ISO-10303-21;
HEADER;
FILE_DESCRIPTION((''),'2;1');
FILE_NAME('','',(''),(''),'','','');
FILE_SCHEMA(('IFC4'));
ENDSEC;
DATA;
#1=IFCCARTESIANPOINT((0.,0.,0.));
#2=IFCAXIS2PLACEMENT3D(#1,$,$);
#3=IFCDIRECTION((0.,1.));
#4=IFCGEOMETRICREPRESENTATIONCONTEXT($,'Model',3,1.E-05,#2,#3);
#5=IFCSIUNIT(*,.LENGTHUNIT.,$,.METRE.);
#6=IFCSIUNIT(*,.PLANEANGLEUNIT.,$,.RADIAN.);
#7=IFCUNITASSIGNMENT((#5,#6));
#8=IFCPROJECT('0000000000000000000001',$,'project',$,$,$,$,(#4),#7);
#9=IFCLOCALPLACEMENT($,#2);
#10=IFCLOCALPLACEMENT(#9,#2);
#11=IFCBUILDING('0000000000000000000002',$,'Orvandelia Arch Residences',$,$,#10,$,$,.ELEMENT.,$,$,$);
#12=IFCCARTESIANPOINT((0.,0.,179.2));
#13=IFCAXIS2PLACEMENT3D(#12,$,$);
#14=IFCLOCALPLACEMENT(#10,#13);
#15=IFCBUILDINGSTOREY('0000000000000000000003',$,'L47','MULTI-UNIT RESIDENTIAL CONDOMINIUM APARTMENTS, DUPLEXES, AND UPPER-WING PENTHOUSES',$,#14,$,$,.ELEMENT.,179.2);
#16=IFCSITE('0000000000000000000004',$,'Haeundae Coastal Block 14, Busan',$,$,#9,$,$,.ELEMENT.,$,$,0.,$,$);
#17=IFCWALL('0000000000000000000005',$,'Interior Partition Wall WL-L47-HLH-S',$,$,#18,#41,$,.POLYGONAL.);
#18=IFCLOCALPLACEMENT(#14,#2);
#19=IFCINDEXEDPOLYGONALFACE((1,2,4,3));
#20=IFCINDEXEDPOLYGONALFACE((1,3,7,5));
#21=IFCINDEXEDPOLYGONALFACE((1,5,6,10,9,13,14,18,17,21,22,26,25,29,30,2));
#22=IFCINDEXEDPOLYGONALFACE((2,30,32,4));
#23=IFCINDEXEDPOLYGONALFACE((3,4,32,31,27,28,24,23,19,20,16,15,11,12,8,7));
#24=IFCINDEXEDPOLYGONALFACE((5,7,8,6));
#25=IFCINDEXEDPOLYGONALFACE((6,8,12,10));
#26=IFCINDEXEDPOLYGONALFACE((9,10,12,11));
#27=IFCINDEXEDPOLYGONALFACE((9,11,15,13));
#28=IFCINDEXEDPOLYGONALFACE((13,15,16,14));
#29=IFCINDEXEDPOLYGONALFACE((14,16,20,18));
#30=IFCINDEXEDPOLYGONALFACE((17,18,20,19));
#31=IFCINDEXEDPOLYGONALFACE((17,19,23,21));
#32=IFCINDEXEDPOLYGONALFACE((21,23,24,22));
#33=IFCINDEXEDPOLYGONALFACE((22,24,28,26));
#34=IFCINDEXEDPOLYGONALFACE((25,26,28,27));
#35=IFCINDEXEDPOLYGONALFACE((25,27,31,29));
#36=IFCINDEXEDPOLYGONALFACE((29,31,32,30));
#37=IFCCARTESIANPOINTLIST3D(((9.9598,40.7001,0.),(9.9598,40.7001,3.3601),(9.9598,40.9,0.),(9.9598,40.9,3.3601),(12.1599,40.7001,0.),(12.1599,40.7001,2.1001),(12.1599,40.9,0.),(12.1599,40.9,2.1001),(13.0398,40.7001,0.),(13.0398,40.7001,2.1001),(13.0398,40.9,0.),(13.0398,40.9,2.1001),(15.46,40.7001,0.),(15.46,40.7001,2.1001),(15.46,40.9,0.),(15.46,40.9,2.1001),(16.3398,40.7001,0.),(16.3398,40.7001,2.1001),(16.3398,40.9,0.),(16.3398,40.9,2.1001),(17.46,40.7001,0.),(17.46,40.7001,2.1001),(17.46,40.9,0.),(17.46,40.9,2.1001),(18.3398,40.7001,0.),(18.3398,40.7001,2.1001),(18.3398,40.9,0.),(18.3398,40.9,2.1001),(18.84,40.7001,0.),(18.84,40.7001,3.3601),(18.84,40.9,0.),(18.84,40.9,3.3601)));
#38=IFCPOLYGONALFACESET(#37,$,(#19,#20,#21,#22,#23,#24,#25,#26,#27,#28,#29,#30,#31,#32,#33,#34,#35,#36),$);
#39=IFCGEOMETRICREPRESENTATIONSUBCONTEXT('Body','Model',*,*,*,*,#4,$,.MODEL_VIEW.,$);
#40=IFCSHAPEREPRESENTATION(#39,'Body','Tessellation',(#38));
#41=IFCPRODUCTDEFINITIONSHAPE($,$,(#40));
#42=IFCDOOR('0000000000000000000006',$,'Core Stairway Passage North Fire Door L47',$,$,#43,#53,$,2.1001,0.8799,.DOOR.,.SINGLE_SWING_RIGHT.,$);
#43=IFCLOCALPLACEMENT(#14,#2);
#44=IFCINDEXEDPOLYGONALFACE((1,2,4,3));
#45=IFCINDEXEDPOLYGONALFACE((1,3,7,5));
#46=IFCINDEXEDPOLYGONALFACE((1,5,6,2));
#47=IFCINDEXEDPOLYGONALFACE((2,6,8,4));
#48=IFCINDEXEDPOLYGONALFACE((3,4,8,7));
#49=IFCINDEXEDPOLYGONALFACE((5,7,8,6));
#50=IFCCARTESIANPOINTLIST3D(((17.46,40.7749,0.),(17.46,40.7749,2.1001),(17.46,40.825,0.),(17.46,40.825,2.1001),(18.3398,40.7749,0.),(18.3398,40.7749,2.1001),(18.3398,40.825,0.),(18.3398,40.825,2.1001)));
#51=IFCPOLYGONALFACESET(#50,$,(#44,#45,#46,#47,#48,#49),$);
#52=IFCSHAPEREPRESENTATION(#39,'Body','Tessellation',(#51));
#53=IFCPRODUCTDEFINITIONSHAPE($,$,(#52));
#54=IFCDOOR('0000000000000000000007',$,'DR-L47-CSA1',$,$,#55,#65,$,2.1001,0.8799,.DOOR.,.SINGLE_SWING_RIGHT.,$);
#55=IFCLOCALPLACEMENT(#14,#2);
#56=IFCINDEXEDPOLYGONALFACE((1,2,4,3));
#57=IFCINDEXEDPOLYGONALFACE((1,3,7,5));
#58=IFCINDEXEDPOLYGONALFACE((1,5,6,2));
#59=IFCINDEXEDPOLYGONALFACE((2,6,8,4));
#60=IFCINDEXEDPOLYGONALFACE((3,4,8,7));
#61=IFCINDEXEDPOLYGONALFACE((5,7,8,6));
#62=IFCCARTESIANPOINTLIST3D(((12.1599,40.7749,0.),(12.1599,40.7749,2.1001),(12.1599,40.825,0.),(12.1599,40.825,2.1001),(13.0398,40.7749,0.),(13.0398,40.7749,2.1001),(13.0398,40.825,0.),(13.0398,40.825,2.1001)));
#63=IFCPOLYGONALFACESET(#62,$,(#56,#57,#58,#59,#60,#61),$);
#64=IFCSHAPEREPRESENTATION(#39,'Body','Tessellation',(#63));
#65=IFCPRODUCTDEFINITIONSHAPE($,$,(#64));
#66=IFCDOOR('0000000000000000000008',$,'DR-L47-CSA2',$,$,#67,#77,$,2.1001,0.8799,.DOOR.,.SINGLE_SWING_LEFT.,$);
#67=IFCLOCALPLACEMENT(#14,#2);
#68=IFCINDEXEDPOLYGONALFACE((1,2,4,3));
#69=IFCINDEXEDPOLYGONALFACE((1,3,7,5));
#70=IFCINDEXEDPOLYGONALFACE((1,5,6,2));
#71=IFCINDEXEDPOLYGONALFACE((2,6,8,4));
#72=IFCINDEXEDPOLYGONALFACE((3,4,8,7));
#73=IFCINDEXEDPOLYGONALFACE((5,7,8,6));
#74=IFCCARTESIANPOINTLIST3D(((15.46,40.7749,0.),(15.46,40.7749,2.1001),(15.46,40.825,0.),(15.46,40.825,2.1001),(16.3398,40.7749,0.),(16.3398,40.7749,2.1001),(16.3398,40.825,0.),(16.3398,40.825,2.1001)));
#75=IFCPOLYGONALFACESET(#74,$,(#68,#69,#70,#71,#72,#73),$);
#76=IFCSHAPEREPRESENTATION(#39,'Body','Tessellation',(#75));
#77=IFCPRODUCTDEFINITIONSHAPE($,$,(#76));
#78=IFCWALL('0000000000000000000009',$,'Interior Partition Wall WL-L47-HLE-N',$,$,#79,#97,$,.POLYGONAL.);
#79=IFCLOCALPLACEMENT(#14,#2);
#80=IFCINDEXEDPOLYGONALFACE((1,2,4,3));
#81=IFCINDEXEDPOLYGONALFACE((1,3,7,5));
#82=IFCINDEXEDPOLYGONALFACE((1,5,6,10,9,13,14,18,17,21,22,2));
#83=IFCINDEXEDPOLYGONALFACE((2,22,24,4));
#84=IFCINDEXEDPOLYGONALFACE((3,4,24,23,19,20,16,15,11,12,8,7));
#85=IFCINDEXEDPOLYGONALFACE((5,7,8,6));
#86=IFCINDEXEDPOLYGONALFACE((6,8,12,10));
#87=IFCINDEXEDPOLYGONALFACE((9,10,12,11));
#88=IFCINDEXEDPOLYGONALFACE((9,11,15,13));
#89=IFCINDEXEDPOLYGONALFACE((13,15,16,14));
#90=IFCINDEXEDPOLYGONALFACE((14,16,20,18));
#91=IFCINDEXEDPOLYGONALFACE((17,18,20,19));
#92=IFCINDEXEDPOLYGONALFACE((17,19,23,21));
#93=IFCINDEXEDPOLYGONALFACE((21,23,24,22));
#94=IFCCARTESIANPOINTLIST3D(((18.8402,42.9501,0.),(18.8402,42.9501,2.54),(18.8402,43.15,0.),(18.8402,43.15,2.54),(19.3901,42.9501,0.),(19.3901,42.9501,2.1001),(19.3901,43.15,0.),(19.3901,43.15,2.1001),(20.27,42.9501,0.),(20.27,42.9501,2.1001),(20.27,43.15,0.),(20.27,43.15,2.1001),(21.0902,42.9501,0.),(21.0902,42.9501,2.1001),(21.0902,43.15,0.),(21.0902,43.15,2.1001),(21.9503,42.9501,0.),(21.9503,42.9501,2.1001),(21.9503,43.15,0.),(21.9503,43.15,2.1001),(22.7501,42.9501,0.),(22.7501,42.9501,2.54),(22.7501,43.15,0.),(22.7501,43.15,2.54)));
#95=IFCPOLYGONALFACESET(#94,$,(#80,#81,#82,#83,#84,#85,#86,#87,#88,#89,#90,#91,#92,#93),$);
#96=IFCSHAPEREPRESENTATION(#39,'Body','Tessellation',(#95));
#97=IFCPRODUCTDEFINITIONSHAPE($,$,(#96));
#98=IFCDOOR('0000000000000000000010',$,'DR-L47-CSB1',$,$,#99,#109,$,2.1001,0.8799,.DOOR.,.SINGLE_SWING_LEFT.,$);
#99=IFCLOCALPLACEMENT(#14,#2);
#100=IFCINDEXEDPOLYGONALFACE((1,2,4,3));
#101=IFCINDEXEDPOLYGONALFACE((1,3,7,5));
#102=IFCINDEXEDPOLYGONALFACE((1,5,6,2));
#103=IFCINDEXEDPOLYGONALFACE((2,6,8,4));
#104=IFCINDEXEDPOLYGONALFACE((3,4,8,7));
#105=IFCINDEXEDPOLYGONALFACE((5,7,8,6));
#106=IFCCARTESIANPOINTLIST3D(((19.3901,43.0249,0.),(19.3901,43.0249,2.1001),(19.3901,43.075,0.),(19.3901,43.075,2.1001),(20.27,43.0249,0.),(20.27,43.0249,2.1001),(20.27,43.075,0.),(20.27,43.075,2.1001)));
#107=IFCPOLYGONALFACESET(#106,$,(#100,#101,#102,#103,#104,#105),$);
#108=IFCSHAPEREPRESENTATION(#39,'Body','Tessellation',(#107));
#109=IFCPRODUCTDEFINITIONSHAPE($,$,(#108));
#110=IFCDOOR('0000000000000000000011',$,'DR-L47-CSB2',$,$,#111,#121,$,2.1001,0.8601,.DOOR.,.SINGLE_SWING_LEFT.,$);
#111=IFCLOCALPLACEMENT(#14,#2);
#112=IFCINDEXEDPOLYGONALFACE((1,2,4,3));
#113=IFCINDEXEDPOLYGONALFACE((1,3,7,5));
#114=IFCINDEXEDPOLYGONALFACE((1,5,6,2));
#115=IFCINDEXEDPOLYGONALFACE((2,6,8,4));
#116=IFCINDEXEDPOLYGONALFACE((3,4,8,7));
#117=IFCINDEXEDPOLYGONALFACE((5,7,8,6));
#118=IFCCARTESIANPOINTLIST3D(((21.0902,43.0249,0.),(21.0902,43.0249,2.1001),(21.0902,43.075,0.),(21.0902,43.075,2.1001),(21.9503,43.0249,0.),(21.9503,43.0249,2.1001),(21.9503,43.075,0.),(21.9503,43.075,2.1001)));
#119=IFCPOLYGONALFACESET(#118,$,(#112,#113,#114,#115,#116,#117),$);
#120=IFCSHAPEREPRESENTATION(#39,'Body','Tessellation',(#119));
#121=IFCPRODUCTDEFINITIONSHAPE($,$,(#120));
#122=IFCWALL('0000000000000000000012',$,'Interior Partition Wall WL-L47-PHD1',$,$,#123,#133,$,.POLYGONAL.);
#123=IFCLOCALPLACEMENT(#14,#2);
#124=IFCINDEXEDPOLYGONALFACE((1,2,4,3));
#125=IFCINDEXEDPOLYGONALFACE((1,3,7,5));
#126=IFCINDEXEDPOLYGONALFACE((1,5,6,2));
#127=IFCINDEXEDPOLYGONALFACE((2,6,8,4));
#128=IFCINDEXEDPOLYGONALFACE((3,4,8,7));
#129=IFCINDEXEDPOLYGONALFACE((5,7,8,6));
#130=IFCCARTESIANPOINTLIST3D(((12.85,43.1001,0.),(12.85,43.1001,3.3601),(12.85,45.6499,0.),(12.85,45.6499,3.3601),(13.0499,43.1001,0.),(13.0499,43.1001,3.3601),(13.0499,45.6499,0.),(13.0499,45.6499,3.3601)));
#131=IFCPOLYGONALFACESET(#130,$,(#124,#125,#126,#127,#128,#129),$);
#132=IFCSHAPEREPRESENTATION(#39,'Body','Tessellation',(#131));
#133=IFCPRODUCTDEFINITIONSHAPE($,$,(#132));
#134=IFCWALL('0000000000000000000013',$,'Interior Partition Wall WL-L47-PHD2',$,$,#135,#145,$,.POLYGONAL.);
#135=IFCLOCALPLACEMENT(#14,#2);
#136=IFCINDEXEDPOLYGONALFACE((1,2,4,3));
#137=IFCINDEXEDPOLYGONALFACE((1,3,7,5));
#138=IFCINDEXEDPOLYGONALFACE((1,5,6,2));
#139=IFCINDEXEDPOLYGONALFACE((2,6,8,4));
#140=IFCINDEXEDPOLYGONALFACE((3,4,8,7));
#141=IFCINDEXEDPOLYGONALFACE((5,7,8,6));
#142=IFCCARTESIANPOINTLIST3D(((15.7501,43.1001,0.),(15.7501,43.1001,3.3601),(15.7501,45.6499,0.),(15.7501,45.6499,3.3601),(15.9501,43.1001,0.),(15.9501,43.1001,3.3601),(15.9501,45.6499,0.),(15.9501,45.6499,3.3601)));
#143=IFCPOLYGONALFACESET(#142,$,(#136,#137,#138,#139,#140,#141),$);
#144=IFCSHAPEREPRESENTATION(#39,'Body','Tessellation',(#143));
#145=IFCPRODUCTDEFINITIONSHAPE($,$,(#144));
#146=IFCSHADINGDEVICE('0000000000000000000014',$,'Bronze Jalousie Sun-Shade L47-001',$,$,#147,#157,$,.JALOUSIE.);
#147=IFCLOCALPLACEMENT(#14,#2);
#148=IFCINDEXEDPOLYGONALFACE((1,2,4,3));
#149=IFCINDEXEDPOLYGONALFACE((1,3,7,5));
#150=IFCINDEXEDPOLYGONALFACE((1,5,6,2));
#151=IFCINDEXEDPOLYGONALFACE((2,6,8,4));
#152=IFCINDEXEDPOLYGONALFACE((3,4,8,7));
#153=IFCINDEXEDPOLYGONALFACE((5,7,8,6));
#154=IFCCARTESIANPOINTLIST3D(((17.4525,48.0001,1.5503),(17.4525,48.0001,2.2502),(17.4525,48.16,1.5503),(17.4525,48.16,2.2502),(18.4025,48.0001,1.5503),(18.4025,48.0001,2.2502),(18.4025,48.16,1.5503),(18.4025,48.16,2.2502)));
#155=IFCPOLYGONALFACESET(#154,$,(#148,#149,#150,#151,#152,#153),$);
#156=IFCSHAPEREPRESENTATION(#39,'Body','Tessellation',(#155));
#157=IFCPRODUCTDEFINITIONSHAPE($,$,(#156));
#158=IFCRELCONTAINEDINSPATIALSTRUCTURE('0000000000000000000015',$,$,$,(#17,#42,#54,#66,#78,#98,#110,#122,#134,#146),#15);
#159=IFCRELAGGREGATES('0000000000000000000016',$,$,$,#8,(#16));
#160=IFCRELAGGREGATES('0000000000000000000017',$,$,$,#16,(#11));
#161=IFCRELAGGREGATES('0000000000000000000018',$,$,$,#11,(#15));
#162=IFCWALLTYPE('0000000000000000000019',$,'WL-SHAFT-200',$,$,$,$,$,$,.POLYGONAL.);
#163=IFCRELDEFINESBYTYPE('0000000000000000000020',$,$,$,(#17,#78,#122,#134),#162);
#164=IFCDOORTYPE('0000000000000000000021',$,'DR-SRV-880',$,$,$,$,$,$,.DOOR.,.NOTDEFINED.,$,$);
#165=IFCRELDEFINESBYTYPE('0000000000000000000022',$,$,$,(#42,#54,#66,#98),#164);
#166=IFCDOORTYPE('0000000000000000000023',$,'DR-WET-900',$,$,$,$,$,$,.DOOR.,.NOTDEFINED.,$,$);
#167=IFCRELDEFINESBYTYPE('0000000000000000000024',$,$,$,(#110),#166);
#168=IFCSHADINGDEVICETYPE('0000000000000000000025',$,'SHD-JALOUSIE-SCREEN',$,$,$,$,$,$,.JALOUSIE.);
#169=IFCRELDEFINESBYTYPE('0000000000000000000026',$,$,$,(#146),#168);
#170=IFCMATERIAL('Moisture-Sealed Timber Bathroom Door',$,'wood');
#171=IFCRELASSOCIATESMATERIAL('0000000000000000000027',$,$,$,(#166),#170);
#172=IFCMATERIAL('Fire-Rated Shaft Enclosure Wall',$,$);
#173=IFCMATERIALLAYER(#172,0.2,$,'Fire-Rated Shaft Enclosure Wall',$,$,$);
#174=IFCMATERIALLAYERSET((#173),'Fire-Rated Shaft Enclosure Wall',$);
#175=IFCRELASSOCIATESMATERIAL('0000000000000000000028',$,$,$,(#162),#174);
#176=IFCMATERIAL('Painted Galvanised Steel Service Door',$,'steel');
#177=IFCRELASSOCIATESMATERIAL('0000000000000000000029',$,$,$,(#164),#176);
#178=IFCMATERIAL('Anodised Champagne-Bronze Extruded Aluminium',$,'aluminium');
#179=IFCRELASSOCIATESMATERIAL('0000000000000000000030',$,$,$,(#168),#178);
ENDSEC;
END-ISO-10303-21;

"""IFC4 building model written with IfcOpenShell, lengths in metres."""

from ifc_helpers import new_model, si_unit, direction, frame, frame_2d, origin, origin_2d, place, context, subcontext, project, spatial, rectangle, extrude, material, layer, layer_set, type_object, element, fill, save


model = new_model("IFC4")

# Units and contexts
model_context = context("Model", 3, precision=1e-05, world=origin(), true_north=direction((0.0, 1.0)))
body_context = subcontext(model_context, "Body", "Model", "MODEL_VIEW")
ifc_project = project(units=[si_unit("LENGTHUNIT", "METRE"), si_unit("PLANEANGLEUNIT", "RADIAN")], contexts=[model_context])

# Site, building, storey
site_placement = place(None, origin())
site = spatial("IfcSite", under=ifc_project, at=site_placement, Name="Haeundae Coastal Block 14, Busan", CompositionType="ELEMENT", RefElevation=0.0)
building_placement = place(site_placement, origin())
building = spatial("IfcBuilding", under=site, at=building_placement, Name="Orvandelia Arch Residences", CompositionType="ELEMENT")
storey_placement = place(building_placement, frame((0.0, 0.0, 179.2)))
storey = spatial("IfcBuildingStorey", under=building, at=storey_placement, Name="L47", Description="MULTI-UNIT RESIDENTIAL CONDOMINIUM APARTMENTS, DUPLEXES, AND UPPER-WING PENTHOUSES", CompositionType="ELEMENT", Elevation=179.2)

# Shared definitions
ifc_material_1 = material(Name="Moisture-Sealed Timber Bathroom Door", Category="wood")
door_type_1 = type_object("IfcDoorType", Name="DR-WET-900", OperationType="NOTDEFINED", PredefinedType="DOOR", material=ifc_material_1)

# Walls, openings, doors
ifc_material_2 = material(Name="Fire-Rated Shaft Enclosure Wall")
ifc_layer_1 = layer(ifc_material_2, 0.2, Name="Fire-Rated Shaft Enclosure Wall")
ifc_layer_set_1 = layer_set([ifc_layer_1], Name="Fire-Rated Shaft Enclosure Wall")
wall_type_1 = type_object("IfcWallType", Name="WL-SHAFT-200", PredefinedType="POLYGONAL", material=ifc_layer_set_1)
wall_1_placement = place(storey_placement, frame((9.96, 40.8, 0.0), z_axis=(0.0, 0.0, 1.0), x_axis=(1.0, 0.0, 0.0)))
wall_1 = element("IfcWall", 1, at=wall_1_placement, inside=storey, type_object=wall_type_1, Name="Interior Partition Wall WL-L47-HLH-S", PredefinedType="POLYGONAL", context=body_context, shape_type="SweptSolid", body=[
    extrude(rectangle(XDim=8.8801, YDim=0.2, at=frame_2d((4.4399, 0.0))), origin(), (0.0, 0.0, 1.0), 3.3601),
])
opening_1_placement = place(wall_1_placement, frame((7.5, 0.0, 0.0)))
opening_1 = element("IfcOpeningElement", 2, at=opening_1_placement, cuts=wall_1, PredefinedType="OPENING", context=body_context, shape_type="SweptSolid", body=[
    extrude(rectangle(XDim=0.8799, YDim=2.1001, at=frame_2d((0.4399, 1.05))), frame((0.0, 0.1099, 0.0), z_axis=(0.0, -1.0, 0.0), x_axis=(1.0, 0.0, 0.0)), (0.0, 0.0, 1.0), 0.22),
])
opening_2_placement = place(wall_1_placement, frame((2.2, 0.0, 0.0)))
opening_2 = element("IfcOpeningElement", 3, at=opening_2_placement, cuts=wall_1, PredefinedType="OPENING", context=body_context, shape_type="SweptSolid", body=[
    extrude(rectangle(XDim=0.8799, YDim=2.1001, at=frame_2d((0.4399, 1.05))), frame((0.0, 0.1099, 0.0), z_axis=(0.0, -1.0, 0.0), x_axis=(1.0, 0.0, 0.0)), (0.0, 0.0, 1.0), 0.22),
])
opening_3_placement = place(wall_1_placement, frame((5.5, 0.0, 0.0)))
opening_3 = element("IfcOpeningElement", 4, at=opening_3_placement, cuts=wall_1, PredefinedType="OPENING", context=body_context, shape_type="SweptSolid", body=[
    extrude(rectangle(XDim=0.8799, YDim=2.1001, at=frame_2d((0.4399, 1.05))), frame((0.0, 0.1099, 0.0), z_axis=(0.0, -1.0, 0.0), x_axis=(1.0, 0.0, 0.0)), (0.0, 0.0, 1.0), 0.22),
])
ifc_material_3 = material(Name="Painted Galvanised Steel Service Door", Category="steel")
door_type_2 = type_object("IfcDoorType", Name="DR-SRV-880", OperationType="NOTDEFINED", PredefinedType="DOOR", material=ifc_material_3)
door_1_placement = place(opening_1_placement, origin())
door_1 = element("IfcDoor", 5, at=door_1_placement, inside=storey, type_object=door_type_2, Name="Core Stairway Passage North Fire Door L47", OperationType="SINGLE_SWING_RIGHT", OverallHeight=2.1001, OverallWidth=0.8799, PredefinedType="DOOR", context=body_context, shape_type="SweptSolid", body=[
    extrude(rectangle(XDim=0.8799, YDim=2.1001, at=frame_2d((0.4399, 1.05))), frame((0.0, 0.0249, 0.0), z_axis=(0.0, -1.0, 0.0), x_axis=(1.0, 0.0, 0.0)), (0.0, 0.0, 1.0), 0.05),
])
fill(opening_1, door_1)
door_2_placement = place(opening_2_placement, origin())
door_2 = element("IfcDoor", 6, at=door_2_placement, inside=storey, type_object=door_type_2, Name="DR-L47-CSA1", OperationType="SINGLE_SWING_RIGHT", OverallHeight=2.1001, OverallWidth=0.8799, PredefinedType="DOOR", context=body_context, shape_type="SweptSolid", body=[
    extrude(rectangle(XDim=0.8799, YDim=2.1001, at=frame_2d((0.4399, 1.05))), frame((0.0, 0.0249, 0.0), z_axis=(0.0, -1.0, 0.0), x_axis=(1.0, 0.0, 0.0)), (0.0, 0.0, 1.0), 0.05),
])
fill(opening_2, door_2)
door_3_placement = place(opening_3_placement, origin())
door_3 = element("IfcDoor", 7, at=door_3_placement, inside=storey, type_object=door_type_2, Name="DR-L47-CSA2", OperationType="SINGLE_SWING_LEFT", OverallHeight=2.1001, OverallWidth=0.8799, PredefinedType="DOOR", context=body_context, shape_type="SweptSolid", body=[
    extrude(rectangle(XDim=0.8799, YDim=2.1001, at=frame_2d((0.4399, 1.05))), frame((0.0, 0.0249, 0.0), z_axis=(0.0, -1.0, 0.0), x_axis=(1.0, 0.0, 0.0)), (0.0, 0.0, 1.0), 0.05),
])
fill(opening_3, door_3)
wall_2_placement = place(storey_placement, frame((18.8401, 43.05, 0.0), z_axis=(0.0, 0.0, 1.0), x_axis=(1.0, 0.0, 0.0)))
wall_2 = element("IfcWall", 8, at=wall_2_placement, inside=storey, type_object=wall_type_1, Name="Interior Partition Wall WL-L47-HLE-N", PredefinedType="POLYGONAL", context=body_context, shape_type="SweptSolid", body=[
    extrude(rectangle(XDim=3.9099, YDim=0.2, at=frame_2d((1.9551, 0.0))), origin(), (0.0, 0.0, 1.0), 2.54),
])
opening_4_placement = place(wall_2_placement, frame((0.55, 0.0, 0.0)))
opening_4 = element("IfcOpeningElement", 9, at=opening_4_placement, cuts=wall_2, PredefinedType="OPENING", context=body_context, shape_type="SweptSolid", body=[
    extrude(rectangle(XDim=0.8799, YDim=2.1001, at=frame_2d((0.4399, 1.05))), frame((0.0, 0.1099, 0.0), z_axis=(0.0, -1.0, 0.0), x_axis=(1.0, 0.0, 0.0)), (0.0, 0.0, 1.0), 0.22),
])
opening_5_placement = place(wall_2_placement, frame((2.25, 0.0, 0.0)))
opening_5 = element("IfcOpeningElement", 10, at=opening_5_placement, cuts=wall_2, PredefinedType="OPENING", context=body_context, shape_type="SweptSolid", body=[
    extrude(rectangle(XDim=0.8601, YDim=2.1001, at=frame_2d((0.4302, 1.05))), frame((0.0, 0.1099, 0.0), z_axis=(0.0, -1.0, 0.0), x_axis=(1.0, 0.0, 0.0)), (0.0, 0.0, 1.0), 0.22),
])
door_4_placement = place(opening_4_placement, origin())
door_4 = element("IfcDoor", 11, at=door_4_placement, inside=storey, type_object=door_type_2, Name="DR-L47-CSB1", OperationType="SINGLE_SWING_LEFT", OverallHeight=2.1001, OverallWidth=0.8799, PredefinedType="DOOR", context=body_context, shape_type="SweptSolid", body=[
    extrude(rectangle(XDim=0.8799, YDim=2.1001, at=frame_2d((0.4399, 1.05))), frame((0.0, 0.0249, 0.0), z_axis=(0.0, -1.0, 0.0), x_axis=(1.0, 0.0, 0.0)), (0.0, 0.0, 1.0), 0.05),
])
fill(opening_4, door_4)
door_5_placement = place(opening_5_placement, origin())
door_5 = element("IfcDoor", 12, at=door_5_placement, inside=storey, type_object=door_type_1, Name="DR-L47-CSB2", OperationType="SINGLE_SWING_LEFT", OverallHeight=2.1001, OverallWidth=0.8601, PredefinedType="DOOR", context=body_context, shape_type="SweptSolid", body=[
    extrude(rectangle(XDim=0.8601, YDim=2.1001, at=frame_2d((0.4302, 1.05))), frame((0.0, 0.0249, 0.0), z_axis=(0.0, -1.0, 0.0), x_axis=(1.0, 0.0, 0.0)), (0.0, 0.0, 1.0), 0.05),
])
fill(opening_5, door_5)

# Walls
for number, where, z_axis, x_axis, name in (
    (13, (12.95, 43.1001, 0.0), (0.0, 0.0, 1.0), (0.0, 1.0, 0.0), "Interior Partition Wall WL-L47-PHD1"),
    (14, (15.8501, 43.1001, 0.0), (0.0, 0.0, 1.0), (0.0, 1.0, 0.0), "Interior Partition Wall WL-L47-PHD2"),
):
    element("IfcWall", number, at=place(storey_placement, frame(where, z_axis=z_axis, x_axis=x_axis)), inside=storey, type_object=wall_type_1, Name=name, PredefinedType="POLYGONAL", context=body_context, shape_type="SweptSolid", body=[
        extrude(rectangle(XDim=2.5498, YDim=0.2, at=frame_2d((1.2749, 0.0))), origin(), (0.0, 0.0, 1.0), 3.3601),
    ])

# Shading device
ifc_material_4 = material(Name="Anodised Champagne-Bronze Extruded Aluminium", Category="aluminium")
shading_device_type = type_object("IfcShadingDeviceType", Name="SHD-JALOUSIE-SCREEN", PredefinedType="JALOUSIE", material=ifc_material_4)
shading_device_placement = place(storey_placement, frame((17.9275, 48.0801, 1.5503), z_axis=(0.0, 0.0, 1.0), x_axis=(1.0, 0.0, 0.0)))
element("IfcShadingDevice", 15, at=shading_device_placement, inside=storey, type_object=shading_device_type, Name="Bronze Jalousie Sun-Shade L47-001", PredefinedType="JALOUSIE", context=body_context, shape_type="SweptSolid", body=[
    extrude(rectangle(XDim=0.95, YDim=0.1599, at=origin_2d()), origin(), (0.0, 0.0, 1.0), 0.7),
])

save(model, "model.ifc")
